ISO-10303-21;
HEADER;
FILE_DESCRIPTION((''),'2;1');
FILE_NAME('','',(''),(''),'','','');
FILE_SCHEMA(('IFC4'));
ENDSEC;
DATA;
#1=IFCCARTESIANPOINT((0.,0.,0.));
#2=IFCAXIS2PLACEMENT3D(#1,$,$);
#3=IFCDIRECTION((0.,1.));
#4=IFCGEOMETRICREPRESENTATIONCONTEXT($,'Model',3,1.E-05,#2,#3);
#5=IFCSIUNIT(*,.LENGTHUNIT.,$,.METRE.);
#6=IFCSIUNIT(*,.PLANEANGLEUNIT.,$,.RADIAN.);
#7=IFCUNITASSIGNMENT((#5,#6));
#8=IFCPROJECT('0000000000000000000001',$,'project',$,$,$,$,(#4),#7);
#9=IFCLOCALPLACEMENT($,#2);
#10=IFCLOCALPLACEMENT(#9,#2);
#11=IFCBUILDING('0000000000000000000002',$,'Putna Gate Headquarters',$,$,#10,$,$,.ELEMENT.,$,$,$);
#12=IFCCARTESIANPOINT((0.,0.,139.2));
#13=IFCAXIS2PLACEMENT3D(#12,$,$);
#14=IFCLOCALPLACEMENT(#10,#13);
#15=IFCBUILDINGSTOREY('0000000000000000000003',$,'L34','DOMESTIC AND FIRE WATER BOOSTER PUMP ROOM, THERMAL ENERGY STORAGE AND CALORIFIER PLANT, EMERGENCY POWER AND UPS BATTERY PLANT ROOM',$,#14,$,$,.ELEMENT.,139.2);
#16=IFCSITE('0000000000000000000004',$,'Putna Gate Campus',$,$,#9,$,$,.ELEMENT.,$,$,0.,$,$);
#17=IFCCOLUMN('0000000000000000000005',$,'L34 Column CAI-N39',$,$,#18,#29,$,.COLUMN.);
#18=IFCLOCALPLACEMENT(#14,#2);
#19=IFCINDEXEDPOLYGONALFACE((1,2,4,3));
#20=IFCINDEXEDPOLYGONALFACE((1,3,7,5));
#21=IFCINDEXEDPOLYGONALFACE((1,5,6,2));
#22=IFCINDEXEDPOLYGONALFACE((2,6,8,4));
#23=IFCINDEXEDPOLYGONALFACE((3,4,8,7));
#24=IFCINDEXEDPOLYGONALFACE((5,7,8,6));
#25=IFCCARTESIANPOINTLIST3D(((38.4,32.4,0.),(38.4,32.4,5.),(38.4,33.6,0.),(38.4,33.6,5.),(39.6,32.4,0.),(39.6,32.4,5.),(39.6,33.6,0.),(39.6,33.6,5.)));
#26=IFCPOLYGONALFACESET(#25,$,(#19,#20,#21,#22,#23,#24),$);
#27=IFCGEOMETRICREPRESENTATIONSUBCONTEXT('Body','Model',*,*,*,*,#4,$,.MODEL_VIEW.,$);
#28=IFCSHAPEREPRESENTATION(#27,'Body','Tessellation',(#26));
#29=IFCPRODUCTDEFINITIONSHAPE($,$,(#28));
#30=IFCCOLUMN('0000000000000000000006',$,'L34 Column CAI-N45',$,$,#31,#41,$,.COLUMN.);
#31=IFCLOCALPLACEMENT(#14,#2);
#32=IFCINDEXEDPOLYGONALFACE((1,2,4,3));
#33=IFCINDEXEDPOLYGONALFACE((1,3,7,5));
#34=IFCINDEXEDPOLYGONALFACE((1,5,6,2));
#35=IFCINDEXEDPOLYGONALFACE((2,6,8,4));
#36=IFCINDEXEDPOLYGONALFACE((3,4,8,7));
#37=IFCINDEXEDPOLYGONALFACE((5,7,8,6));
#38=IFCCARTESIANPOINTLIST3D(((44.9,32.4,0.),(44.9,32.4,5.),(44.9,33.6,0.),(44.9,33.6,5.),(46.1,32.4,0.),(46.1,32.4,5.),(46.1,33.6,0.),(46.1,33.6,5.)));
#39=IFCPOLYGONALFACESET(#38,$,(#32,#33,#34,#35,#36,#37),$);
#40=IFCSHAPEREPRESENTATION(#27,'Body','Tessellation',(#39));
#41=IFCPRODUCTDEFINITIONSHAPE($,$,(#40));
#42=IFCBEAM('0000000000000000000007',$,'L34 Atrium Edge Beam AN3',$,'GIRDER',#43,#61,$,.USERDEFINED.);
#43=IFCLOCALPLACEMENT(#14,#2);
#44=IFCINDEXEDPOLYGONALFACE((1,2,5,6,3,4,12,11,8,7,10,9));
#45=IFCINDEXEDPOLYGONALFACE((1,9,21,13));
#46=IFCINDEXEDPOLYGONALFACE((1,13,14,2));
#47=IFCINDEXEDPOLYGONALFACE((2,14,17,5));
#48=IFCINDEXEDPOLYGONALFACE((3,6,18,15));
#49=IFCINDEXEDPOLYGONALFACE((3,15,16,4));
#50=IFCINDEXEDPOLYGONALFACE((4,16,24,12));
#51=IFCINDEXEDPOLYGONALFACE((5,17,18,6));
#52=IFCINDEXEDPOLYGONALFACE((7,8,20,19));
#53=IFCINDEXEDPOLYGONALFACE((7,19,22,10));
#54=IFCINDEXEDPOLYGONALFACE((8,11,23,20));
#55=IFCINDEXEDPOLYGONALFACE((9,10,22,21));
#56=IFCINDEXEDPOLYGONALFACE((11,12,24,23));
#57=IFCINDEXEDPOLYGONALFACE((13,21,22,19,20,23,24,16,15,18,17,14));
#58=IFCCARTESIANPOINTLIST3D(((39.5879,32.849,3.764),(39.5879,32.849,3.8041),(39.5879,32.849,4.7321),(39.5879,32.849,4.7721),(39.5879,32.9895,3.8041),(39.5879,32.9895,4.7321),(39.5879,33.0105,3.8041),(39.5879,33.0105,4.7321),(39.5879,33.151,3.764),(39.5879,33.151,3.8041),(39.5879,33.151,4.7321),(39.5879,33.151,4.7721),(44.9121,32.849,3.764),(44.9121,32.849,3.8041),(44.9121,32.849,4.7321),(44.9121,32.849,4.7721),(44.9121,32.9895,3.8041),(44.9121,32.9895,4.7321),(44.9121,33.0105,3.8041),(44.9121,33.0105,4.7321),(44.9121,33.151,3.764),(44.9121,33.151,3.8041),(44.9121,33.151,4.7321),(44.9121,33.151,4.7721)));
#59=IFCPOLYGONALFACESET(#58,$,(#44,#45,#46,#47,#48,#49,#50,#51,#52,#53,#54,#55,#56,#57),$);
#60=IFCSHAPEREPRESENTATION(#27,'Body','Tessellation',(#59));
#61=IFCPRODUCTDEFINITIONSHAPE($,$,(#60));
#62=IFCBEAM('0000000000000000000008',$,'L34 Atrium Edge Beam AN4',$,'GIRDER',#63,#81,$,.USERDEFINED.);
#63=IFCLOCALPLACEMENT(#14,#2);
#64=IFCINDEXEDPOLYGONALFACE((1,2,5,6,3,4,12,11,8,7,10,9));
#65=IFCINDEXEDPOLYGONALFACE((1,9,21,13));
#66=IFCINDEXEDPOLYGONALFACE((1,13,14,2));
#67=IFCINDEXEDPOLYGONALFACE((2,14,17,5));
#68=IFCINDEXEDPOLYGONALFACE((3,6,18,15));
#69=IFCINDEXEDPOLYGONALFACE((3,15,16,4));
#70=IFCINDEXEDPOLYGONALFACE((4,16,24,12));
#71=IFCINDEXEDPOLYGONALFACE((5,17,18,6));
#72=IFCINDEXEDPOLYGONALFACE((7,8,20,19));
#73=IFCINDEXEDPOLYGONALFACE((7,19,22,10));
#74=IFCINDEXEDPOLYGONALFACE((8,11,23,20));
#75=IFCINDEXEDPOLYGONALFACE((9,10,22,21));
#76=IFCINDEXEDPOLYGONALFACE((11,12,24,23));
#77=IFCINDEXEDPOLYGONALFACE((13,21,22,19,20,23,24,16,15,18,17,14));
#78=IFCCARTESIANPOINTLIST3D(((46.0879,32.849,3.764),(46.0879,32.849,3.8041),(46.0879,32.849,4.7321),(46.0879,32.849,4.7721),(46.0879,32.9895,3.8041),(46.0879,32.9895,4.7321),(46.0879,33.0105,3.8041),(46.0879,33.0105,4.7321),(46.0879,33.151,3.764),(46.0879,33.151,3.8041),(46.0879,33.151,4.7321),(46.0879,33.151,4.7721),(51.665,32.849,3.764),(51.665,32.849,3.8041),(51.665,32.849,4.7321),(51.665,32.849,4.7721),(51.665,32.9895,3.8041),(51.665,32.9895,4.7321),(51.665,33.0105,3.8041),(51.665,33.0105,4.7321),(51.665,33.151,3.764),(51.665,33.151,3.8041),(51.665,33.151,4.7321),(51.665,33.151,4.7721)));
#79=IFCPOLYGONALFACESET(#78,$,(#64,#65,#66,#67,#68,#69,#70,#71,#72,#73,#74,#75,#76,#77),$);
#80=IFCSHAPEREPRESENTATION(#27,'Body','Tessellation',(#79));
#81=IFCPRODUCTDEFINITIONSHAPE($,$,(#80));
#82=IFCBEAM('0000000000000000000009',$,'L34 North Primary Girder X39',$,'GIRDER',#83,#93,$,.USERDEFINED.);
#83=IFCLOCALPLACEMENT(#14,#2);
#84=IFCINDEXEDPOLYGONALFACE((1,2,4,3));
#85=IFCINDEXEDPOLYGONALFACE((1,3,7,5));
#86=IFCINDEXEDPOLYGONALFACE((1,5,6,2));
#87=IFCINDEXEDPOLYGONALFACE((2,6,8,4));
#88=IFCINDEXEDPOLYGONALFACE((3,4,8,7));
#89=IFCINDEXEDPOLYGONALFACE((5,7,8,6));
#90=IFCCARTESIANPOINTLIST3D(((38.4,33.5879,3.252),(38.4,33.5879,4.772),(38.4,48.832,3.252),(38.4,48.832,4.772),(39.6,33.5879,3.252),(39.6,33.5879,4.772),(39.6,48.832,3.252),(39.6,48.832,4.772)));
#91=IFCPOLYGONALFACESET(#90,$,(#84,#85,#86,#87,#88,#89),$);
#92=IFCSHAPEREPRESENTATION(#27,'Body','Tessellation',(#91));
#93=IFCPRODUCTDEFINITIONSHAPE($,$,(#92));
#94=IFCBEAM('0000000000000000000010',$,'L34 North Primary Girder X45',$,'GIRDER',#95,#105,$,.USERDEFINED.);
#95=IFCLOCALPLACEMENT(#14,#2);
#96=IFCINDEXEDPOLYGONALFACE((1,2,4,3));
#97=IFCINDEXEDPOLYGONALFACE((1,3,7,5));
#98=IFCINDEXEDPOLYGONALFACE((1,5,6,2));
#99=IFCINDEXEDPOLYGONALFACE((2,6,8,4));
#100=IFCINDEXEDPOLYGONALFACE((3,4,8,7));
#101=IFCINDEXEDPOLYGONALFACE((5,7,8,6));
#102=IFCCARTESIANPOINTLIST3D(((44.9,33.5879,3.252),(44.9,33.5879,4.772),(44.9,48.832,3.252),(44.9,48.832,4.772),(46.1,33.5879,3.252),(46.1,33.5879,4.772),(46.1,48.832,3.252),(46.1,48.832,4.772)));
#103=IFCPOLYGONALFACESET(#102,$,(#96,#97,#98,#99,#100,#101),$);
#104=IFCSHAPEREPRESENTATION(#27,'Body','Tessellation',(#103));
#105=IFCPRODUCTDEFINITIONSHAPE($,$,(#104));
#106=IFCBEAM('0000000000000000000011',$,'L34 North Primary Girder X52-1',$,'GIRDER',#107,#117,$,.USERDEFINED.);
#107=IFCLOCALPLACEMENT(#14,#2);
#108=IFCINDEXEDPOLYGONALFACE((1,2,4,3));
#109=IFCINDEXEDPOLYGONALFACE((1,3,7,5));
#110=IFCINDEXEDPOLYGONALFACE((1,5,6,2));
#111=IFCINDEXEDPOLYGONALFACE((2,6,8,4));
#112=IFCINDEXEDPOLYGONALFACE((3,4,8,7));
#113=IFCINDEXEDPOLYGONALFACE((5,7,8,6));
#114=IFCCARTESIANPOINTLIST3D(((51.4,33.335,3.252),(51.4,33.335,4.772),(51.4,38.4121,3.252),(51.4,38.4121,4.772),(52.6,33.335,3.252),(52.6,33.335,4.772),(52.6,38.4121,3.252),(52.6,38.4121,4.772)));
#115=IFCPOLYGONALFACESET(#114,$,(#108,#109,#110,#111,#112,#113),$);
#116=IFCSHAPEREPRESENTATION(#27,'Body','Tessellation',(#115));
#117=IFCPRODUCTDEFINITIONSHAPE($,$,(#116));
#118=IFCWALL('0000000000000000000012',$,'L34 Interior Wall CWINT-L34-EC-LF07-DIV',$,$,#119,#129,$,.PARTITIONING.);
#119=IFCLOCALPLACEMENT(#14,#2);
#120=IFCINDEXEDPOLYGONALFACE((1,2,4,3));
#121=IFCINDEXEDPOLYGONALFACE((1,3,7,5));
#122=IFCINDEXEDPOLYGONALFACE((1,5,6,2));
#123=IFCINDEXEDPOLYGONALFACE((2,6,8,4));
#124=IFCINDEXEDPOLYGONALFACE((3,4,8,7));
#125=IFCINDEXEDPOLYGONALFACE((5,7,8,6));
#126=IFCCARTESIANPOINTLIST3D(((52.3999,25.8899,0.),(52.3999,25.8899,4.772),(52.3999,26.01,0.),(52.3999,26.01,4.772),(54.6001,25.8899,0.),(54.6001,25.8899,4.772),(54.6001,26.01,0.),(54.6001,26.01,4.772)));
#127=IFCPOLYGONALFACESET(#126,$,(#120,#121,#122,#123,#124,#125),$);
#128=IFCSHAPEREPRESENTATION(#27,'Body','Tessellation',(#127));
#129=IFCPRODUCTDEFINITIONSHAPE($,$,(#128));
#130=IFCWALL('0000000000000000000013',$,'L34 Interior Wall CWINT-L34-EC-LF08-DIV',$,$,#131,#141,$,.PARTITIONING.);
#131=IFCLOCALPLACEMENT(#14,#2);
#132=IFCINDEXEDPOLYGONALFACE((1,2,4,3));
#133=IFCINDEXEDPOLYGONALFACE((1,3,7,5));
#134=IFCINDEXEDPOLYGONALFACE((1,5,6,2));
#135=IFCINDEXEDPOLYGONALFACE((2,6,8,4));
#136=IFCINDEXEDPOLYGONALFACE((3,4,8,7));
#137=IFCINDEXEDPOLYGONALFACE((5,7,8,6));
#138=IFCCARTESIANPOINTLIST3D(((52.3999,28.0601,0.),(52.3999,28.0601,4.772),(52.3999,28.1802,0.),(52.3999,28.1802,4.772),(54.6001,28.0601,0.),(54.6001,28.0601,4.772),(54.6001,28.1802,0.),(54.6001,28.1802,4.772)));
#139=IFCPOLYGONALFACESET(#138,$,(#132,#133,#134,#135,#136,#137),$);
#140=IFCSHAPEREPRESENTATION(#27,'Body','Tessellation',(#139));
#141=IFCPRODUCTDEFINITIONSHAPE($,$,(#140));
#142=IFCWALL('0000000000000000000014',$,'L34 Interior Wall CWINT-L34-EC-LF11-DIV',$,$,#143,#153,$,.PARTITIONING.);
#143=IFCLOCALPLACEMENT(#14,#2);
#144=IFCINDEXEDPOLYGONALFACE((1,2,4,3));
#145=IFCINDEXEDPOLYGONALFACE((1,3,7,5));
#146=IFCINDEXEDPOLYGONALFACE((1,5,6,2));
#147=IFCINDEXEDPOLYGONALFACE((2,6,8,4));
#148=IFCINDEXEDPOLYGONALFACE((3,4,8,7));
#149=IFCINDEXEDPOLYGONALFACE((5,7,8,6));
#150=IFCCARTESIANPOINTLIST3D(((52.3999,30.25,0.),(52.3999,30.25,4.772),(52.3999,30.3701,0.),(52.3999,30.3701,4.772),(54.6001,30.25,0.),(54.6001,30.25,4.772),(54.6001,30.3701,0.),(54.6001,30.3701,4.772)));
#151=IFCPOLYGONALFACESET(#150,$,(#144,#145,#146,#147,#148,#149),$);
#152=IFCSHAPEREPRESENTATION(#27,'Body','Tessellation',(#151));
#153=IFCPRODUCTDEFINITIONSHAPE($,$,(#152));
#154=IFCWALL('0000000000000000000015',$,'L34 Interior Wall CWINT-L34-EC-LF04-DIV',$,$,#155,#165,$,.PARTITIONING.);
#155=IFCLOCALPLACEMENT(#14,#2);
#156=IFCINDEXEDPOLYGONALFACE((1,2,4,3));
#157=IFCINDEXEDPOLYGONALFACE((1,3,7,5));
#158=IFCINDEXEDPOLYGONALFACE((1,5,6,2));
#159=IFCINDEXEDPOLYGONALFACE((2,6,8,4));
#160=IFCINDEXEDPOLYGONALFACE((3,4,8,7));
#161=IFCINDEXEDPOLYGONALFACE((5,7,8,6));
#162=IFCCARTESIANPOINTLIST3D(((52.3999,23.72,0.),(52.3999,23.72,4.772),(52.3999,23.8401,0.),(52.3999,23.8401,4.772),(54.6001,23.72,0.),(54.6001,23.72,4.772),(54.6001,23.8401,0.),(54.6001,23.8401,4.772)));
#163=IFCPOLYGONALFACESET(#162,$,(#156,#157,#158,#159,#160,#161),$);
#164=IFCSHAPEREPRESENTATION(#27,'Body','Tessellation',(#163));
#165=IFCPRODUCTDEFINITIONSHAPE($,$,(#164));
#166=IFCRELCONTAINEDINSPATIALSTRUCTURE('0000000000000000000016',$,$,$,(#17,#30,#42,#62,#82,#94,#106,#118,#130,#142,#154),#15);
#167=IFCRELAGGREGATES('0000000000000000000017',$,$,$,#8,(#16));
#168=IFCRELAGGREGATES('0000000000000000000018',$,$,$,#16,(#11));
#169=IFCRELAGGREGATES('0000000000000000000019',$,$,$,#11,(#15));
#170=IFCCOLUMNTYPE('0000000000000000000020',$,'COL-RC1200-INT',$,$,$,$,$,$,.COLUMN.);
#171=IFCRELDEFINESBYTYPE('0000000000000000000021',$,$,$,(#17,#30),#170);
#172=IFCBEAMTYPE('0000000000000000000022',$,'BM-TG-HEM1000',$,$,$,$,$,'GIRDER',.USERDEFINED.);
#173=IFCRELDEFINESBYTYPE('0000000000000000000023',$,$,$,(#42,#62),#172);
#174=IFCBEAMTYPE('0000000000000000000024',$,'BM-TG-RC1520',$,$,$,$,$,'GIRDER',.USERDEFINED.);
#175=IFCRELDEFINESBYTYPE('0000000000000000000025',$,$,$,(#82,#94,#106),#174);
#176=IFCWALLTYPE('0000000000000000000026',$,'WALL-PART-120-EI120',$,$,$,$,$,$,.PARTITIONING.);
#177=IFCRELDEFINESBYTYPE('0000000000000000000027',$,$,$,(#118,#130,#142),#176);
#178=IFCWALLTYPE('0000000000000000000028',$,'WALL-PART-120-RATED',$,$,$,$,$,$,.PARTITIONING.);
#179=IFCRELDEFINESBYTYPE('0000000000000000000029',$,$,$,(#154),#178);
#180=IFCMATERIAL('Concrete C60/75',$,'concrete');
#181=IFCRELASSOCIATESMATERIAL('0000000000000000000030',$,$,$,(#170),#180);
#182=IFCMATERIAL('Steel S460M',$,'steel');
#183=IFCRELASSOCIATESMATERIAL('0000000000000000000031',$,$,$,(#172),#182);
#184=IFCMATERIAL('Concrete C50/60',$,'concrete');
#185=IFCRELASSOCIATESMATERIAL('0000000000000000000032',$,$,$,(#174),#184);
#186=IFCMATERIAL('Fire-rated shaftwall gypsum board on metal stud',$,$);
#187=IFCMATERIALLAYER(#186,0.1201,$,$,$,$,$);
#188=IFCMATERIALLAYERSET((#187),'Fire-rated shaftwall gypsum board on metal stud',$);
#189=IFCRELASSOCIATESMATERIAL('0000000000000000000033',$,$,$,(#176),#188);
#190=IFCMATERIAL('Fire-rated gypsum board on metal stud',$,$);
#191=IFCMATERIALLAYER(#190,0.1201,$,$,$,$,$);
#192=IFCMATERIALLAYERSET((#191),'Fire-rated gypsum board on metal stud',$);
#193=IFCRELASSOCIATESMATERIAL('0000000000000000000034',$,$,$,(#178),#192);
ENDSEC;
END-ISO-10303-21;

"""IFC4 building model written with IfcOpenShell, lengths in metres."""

from ifc_helpers import new_model, si_unit, direction, frame, frame_2d, origin, origin_2d, place, context, subcontext, project, spatial, rectangle, i_section, extrude, material, layer, layer_set, material_profile, profile_set, type_object, element, save


model = new_model("IFC4")

# Units and contexts
model_context = context("Model", 3, precision=1e-05, world=origin(), true_north=direction((0.0, 1.0)))
body_context = subcontext(model_context, "Body", "Model", "MODEL_VIEW")
ifc_project = project(units=[si_unit("LENGTHUNIT", "METRE"), si_unit("PLANEANGLEUNIT", "RADIAN")], contexts=[model_context])

# Site, building, storey
site_placement = place(None, origin())
site = spatial("IfcSite", under=ifc_project, at=site_placement, Name="Putna Gate Campus", CompositionType="ELEMENT", RefElevation=0.0)
building_placement = place(site_placement, origin())
building = spatial("IfcBuilding", under=site, at=building_placement, Name="Putna Gate Headquarters", CompositionType="ELEMENT")
storey_placement = place(building_placement, frame((0.0, 0.0, 139.2)))
storey = spatial("IfcBuildingStorey", under=building, at=storey_placement, Name="L34", Description="DOMESTIC AND FIRE WATER BOOSTER PUMP ROOM, THERMAL ENERGY STORAGE AND CALORIFIER PLANT, EMERGENCY POWER AND UPS BATTERY PLANT ROOM", CompositionType="ELEMENT", Elevation=139.2)

# Columns
ifc_material_1 = material(Name="Concrete C60/75", Category="concrete")
ifc_material_profile_1 = material_profile(ifc_material_1, rectangle(XDim=1.2, YDim=1.2, at=origin_2d()), Name="Concrete C60/75")
ifc_profile_set_1 = profile_set([ifc_material_profile_1], Name="Concrete C60/75")
column_type = type_object("IfcColumnType", Name="COL-RC1200-INT", PredefinedType="COLUMN", material=ifc_profile_set_1)
for number, where, z_axis, x_axis, name in (
    (1, (39.0, 33.0, 0.0), (0.0, 0.0, 1.0), (1.0, 0.0, 0.0), "L34 Column CAI-N39"),
    (2, (45.5, 33.0, 0.0), (0.0, 0.0, 1.0), (1.0, 0.0, 0.0), "L34 Column CAI-N45"),
):
    element("IfcColumn", number, at=place(storey_placement, frame(where, z_axis=z_axis, x_axis=x_axis)), inside=storey, type_object=column_type, Name=name, PredefinedType="COLUMN", context=body_context, shape_type="SweptSolid", body=[
        extrude(rectangle(XDim=1.2, YDim=1.2, at=origin_2d()), origin(), (0.0, 0.0, 1.0), 5.0),
    ])

# Beams
ifc_material_2 = material(Name="Steel S460M", Category="steel")
ifc_material_profile_2 = material_profile(ifc_material_2, i_section(OverallWidth=0.302, OverallDepth=1.0081, WebThickness=0.021, FlangeThickness=0.04, at=origin_2d()), Name="Steel S460M")
ifc_profile_set_2 = profile_set([ifc_material_profile_2], Name="Steel S460M")
beam_type_1 = type_object("IfcBeamType", Name="BM-TG-HEM1000", ElementType="GIRDER", PredefinedType="USERDEFINED", material=ifc_profile_set_2)
beam_1_placement = place(storey_placement, frame((39.5879, 33.0, 4.2681), z_axis=(1.0, 0.0, 0.0), x_axis=(0.0, 1.0, 0.0)))
element("IfcBeam", 3, at=beam_1_placement, inside=storey, type_object=beam_type_1, Name="L34 Atrium Edge Beam AN3", ObjectType="GIRDER", PredefinedType="USERDEFINED", context=body_context, shape_type="SweptSolid", body=[
    extrude(i_section(OverallWidth=0.302, OverallDepth=1.0081, WebThickness=0.021, FlangeThickness=0.04, at=origin_2d()), origin(), (0.0, 0.0, 1.0), 5.3242),
])
beam_2_placement = place(storey_placement, frame((46.0879, 33.0, 4.2681), z_axis=(1.0, 0.0, 0.0), x_axis=(0.0, 1.0, 0.0)))
element("IfcBeam", 4, at=beam_2_placement, inside=storey, type_object=beam_type_1, Name="L34 Atrium Edge Beam AN4", ObjectType="GIRDER", PredefinedType="USERDEFINED", context=body_context, shape_type="SweptSolid", body=[
    extrude(i_section(OverallWidth=0.302, OverallDepth=1.0081, WebThickness=0.021, FlangeThickness=0.04, at=origin_2d()), origin(), (0.0, 0.0, 1.0), 5.5771),
])
ifc_material_3 = material(Name="Concrete C50/60", Category="concrete")
ifc_material_profile_3 = material_profile(ifc_material_3, rectangle(XDim=1.2, YDim=1.52, at=origin_2d()), Name="Concrete C50/60")
ifc_profile_set_3 = profile_set([ifc_material_profile_3], Name="Concrete C50/60")
beam_type_2 = type_object("IfcBeamType", Name="BM-TG-RC1520", ElementType="GIRDER", PredefinedType="USERDEFINED", material=ifc_profile_set_3)
for number, where, z_axis, x_axis, name in (
    (5, (39.0, 33.5879, 4.012), (0.0, 1.0, 0.0), (-1.0, 0.0, 0.0), "L34 North Primary Girder X39"),
    (6, (45.5, 33.5879, 4.012), (0.0, 1.0, 0.0), (-1.0, 0.0, 0.0), "L34 North Primary Girder X45"),
):
    element("IfcBeam", number, at=place(storey_placement, frame(where, z_axis=z_axis, x_axis=x_axis)), inside=storey, type_object=beam_type_2, Name=name, ObjectType="GIRDER", PredefinedType="USERDEFINED", context=body_context, shape_type="SweptSolid", body=[
        extrude(rectangle(XDim=1.2, YDim=1.52, at=origin_2d()), origin(), (0.0, 0.0, 1.0), 15.2441),
    ])
beam_3_placement = place(storey_placement, frame((52.0, 33.335, 4.012), z_axis=(0.0, 1.0, 0.0), x_axis=(-1.0, 0.0, 0.0)))
element("IfcBeam", 7, at=beam_3_placement, inside=storey, type_object=beam_type_2, Name="L34 North Primary Girder X52-1", ObjectType="GIRDER", PredefinedType="USERDEFINED", context=body_context, shape_type="SweptSolid", body=[
    extrude(rectangle(XDim=1.2, YDim=1.52, at=origin_2d()), origin(), (0.0, 0.0, 1.0), 5.0771),
])

# Walls
ifc_material_4 = material(Name="Fire-rated shaftwall gypsum board on metal stud")
ifc_layer_1 = layer(ifc_material_4, 0.1201)
ifc_layer_set_1 = layer_set([ifc_layer_1], Name="Fire-rated shaftwall gypsum board on metal stud")
wall_type_1 = type_object("IfcWallType", Name="WALL-PART-120-EI120", PredefinedType="PARTITIONING", material=ifc_layer_set_1)
for number, where, z_axis, x_axis, name in (
    (8, (52.3999, 25.95, 0.0), (0.0, 0.0, 1.0), (1.0, 0.0, 0.0), "L34 Interior Wall CWINT-L34-EC-LF07-DIV"),
    (9, (52.3999, 28.1201, 0.0), (0.0, 0.0, 1.0), (1.0, 0.0, 0.0), "L34 Interior Wall CWINT-L34-EC-LF08-DIV"),
    (10, (52.3999, 30.3101, 0.0), (0.0, 0.0, 1.0), (1.0, 0.0, 0.0), "L34 Interior Wall CWINT-L34-EC-LF11-DIV"),
):
    element("IfcWall", number, at=place(storey_placement, frame(where, z_axis=z_axis, x_axis=x_axis)), inside=storey, type_object=wall_type_1, Name=name, PredefinedType="PARTITIONING", context=body_context, shape_type="SweptSolid", body=[
        extrude(rectangle(XDim=2.2002, YDim=0.1201, at=frame_2d((1.1001, 0.0))), origin(), (0.0, 0.0, 1.0), 4.772),
    ])
ifc_material_5 = material(Name="Fire-rated gypsum board on metal stud")
ifc_layer_2 = layer(ifc_material_5, 0.1201)
ifc_layer_set_2 = layer_set([ifc_layer_2], Name="Fire-rated gypsum board on metal stud")
wall_type_2 = type_object("IfcWallType", Name="WALL-PART-120-RATED", PredefinedType="PARTITIONING", material=ifc_layer_set_2)
wall_1_placement = place(storey_placement, frame((52.3999, 23.78, 0.0), z_axis=(0.0, 0.0, 1.0), x_axis=(1.0, 0.0, 0.0)))
element("IfcWall", 11, at=wall_1_placement, inside=storey, type_object=wall_type_2, Name="L34 Interior Wall CWINT-L34-EC-LF04-DIV", PredefinedType="PARTITIONING", context=body_context, shape_type="SweptSolid", body=[
    extrude(rectangle(XDim=2.2002, YDim=0.1201, at=frame_2d((1.1001, 0.0))), origin(), (0.0, 0.0, 1.0), 4.772),
])

save(model, "model.ifc")
